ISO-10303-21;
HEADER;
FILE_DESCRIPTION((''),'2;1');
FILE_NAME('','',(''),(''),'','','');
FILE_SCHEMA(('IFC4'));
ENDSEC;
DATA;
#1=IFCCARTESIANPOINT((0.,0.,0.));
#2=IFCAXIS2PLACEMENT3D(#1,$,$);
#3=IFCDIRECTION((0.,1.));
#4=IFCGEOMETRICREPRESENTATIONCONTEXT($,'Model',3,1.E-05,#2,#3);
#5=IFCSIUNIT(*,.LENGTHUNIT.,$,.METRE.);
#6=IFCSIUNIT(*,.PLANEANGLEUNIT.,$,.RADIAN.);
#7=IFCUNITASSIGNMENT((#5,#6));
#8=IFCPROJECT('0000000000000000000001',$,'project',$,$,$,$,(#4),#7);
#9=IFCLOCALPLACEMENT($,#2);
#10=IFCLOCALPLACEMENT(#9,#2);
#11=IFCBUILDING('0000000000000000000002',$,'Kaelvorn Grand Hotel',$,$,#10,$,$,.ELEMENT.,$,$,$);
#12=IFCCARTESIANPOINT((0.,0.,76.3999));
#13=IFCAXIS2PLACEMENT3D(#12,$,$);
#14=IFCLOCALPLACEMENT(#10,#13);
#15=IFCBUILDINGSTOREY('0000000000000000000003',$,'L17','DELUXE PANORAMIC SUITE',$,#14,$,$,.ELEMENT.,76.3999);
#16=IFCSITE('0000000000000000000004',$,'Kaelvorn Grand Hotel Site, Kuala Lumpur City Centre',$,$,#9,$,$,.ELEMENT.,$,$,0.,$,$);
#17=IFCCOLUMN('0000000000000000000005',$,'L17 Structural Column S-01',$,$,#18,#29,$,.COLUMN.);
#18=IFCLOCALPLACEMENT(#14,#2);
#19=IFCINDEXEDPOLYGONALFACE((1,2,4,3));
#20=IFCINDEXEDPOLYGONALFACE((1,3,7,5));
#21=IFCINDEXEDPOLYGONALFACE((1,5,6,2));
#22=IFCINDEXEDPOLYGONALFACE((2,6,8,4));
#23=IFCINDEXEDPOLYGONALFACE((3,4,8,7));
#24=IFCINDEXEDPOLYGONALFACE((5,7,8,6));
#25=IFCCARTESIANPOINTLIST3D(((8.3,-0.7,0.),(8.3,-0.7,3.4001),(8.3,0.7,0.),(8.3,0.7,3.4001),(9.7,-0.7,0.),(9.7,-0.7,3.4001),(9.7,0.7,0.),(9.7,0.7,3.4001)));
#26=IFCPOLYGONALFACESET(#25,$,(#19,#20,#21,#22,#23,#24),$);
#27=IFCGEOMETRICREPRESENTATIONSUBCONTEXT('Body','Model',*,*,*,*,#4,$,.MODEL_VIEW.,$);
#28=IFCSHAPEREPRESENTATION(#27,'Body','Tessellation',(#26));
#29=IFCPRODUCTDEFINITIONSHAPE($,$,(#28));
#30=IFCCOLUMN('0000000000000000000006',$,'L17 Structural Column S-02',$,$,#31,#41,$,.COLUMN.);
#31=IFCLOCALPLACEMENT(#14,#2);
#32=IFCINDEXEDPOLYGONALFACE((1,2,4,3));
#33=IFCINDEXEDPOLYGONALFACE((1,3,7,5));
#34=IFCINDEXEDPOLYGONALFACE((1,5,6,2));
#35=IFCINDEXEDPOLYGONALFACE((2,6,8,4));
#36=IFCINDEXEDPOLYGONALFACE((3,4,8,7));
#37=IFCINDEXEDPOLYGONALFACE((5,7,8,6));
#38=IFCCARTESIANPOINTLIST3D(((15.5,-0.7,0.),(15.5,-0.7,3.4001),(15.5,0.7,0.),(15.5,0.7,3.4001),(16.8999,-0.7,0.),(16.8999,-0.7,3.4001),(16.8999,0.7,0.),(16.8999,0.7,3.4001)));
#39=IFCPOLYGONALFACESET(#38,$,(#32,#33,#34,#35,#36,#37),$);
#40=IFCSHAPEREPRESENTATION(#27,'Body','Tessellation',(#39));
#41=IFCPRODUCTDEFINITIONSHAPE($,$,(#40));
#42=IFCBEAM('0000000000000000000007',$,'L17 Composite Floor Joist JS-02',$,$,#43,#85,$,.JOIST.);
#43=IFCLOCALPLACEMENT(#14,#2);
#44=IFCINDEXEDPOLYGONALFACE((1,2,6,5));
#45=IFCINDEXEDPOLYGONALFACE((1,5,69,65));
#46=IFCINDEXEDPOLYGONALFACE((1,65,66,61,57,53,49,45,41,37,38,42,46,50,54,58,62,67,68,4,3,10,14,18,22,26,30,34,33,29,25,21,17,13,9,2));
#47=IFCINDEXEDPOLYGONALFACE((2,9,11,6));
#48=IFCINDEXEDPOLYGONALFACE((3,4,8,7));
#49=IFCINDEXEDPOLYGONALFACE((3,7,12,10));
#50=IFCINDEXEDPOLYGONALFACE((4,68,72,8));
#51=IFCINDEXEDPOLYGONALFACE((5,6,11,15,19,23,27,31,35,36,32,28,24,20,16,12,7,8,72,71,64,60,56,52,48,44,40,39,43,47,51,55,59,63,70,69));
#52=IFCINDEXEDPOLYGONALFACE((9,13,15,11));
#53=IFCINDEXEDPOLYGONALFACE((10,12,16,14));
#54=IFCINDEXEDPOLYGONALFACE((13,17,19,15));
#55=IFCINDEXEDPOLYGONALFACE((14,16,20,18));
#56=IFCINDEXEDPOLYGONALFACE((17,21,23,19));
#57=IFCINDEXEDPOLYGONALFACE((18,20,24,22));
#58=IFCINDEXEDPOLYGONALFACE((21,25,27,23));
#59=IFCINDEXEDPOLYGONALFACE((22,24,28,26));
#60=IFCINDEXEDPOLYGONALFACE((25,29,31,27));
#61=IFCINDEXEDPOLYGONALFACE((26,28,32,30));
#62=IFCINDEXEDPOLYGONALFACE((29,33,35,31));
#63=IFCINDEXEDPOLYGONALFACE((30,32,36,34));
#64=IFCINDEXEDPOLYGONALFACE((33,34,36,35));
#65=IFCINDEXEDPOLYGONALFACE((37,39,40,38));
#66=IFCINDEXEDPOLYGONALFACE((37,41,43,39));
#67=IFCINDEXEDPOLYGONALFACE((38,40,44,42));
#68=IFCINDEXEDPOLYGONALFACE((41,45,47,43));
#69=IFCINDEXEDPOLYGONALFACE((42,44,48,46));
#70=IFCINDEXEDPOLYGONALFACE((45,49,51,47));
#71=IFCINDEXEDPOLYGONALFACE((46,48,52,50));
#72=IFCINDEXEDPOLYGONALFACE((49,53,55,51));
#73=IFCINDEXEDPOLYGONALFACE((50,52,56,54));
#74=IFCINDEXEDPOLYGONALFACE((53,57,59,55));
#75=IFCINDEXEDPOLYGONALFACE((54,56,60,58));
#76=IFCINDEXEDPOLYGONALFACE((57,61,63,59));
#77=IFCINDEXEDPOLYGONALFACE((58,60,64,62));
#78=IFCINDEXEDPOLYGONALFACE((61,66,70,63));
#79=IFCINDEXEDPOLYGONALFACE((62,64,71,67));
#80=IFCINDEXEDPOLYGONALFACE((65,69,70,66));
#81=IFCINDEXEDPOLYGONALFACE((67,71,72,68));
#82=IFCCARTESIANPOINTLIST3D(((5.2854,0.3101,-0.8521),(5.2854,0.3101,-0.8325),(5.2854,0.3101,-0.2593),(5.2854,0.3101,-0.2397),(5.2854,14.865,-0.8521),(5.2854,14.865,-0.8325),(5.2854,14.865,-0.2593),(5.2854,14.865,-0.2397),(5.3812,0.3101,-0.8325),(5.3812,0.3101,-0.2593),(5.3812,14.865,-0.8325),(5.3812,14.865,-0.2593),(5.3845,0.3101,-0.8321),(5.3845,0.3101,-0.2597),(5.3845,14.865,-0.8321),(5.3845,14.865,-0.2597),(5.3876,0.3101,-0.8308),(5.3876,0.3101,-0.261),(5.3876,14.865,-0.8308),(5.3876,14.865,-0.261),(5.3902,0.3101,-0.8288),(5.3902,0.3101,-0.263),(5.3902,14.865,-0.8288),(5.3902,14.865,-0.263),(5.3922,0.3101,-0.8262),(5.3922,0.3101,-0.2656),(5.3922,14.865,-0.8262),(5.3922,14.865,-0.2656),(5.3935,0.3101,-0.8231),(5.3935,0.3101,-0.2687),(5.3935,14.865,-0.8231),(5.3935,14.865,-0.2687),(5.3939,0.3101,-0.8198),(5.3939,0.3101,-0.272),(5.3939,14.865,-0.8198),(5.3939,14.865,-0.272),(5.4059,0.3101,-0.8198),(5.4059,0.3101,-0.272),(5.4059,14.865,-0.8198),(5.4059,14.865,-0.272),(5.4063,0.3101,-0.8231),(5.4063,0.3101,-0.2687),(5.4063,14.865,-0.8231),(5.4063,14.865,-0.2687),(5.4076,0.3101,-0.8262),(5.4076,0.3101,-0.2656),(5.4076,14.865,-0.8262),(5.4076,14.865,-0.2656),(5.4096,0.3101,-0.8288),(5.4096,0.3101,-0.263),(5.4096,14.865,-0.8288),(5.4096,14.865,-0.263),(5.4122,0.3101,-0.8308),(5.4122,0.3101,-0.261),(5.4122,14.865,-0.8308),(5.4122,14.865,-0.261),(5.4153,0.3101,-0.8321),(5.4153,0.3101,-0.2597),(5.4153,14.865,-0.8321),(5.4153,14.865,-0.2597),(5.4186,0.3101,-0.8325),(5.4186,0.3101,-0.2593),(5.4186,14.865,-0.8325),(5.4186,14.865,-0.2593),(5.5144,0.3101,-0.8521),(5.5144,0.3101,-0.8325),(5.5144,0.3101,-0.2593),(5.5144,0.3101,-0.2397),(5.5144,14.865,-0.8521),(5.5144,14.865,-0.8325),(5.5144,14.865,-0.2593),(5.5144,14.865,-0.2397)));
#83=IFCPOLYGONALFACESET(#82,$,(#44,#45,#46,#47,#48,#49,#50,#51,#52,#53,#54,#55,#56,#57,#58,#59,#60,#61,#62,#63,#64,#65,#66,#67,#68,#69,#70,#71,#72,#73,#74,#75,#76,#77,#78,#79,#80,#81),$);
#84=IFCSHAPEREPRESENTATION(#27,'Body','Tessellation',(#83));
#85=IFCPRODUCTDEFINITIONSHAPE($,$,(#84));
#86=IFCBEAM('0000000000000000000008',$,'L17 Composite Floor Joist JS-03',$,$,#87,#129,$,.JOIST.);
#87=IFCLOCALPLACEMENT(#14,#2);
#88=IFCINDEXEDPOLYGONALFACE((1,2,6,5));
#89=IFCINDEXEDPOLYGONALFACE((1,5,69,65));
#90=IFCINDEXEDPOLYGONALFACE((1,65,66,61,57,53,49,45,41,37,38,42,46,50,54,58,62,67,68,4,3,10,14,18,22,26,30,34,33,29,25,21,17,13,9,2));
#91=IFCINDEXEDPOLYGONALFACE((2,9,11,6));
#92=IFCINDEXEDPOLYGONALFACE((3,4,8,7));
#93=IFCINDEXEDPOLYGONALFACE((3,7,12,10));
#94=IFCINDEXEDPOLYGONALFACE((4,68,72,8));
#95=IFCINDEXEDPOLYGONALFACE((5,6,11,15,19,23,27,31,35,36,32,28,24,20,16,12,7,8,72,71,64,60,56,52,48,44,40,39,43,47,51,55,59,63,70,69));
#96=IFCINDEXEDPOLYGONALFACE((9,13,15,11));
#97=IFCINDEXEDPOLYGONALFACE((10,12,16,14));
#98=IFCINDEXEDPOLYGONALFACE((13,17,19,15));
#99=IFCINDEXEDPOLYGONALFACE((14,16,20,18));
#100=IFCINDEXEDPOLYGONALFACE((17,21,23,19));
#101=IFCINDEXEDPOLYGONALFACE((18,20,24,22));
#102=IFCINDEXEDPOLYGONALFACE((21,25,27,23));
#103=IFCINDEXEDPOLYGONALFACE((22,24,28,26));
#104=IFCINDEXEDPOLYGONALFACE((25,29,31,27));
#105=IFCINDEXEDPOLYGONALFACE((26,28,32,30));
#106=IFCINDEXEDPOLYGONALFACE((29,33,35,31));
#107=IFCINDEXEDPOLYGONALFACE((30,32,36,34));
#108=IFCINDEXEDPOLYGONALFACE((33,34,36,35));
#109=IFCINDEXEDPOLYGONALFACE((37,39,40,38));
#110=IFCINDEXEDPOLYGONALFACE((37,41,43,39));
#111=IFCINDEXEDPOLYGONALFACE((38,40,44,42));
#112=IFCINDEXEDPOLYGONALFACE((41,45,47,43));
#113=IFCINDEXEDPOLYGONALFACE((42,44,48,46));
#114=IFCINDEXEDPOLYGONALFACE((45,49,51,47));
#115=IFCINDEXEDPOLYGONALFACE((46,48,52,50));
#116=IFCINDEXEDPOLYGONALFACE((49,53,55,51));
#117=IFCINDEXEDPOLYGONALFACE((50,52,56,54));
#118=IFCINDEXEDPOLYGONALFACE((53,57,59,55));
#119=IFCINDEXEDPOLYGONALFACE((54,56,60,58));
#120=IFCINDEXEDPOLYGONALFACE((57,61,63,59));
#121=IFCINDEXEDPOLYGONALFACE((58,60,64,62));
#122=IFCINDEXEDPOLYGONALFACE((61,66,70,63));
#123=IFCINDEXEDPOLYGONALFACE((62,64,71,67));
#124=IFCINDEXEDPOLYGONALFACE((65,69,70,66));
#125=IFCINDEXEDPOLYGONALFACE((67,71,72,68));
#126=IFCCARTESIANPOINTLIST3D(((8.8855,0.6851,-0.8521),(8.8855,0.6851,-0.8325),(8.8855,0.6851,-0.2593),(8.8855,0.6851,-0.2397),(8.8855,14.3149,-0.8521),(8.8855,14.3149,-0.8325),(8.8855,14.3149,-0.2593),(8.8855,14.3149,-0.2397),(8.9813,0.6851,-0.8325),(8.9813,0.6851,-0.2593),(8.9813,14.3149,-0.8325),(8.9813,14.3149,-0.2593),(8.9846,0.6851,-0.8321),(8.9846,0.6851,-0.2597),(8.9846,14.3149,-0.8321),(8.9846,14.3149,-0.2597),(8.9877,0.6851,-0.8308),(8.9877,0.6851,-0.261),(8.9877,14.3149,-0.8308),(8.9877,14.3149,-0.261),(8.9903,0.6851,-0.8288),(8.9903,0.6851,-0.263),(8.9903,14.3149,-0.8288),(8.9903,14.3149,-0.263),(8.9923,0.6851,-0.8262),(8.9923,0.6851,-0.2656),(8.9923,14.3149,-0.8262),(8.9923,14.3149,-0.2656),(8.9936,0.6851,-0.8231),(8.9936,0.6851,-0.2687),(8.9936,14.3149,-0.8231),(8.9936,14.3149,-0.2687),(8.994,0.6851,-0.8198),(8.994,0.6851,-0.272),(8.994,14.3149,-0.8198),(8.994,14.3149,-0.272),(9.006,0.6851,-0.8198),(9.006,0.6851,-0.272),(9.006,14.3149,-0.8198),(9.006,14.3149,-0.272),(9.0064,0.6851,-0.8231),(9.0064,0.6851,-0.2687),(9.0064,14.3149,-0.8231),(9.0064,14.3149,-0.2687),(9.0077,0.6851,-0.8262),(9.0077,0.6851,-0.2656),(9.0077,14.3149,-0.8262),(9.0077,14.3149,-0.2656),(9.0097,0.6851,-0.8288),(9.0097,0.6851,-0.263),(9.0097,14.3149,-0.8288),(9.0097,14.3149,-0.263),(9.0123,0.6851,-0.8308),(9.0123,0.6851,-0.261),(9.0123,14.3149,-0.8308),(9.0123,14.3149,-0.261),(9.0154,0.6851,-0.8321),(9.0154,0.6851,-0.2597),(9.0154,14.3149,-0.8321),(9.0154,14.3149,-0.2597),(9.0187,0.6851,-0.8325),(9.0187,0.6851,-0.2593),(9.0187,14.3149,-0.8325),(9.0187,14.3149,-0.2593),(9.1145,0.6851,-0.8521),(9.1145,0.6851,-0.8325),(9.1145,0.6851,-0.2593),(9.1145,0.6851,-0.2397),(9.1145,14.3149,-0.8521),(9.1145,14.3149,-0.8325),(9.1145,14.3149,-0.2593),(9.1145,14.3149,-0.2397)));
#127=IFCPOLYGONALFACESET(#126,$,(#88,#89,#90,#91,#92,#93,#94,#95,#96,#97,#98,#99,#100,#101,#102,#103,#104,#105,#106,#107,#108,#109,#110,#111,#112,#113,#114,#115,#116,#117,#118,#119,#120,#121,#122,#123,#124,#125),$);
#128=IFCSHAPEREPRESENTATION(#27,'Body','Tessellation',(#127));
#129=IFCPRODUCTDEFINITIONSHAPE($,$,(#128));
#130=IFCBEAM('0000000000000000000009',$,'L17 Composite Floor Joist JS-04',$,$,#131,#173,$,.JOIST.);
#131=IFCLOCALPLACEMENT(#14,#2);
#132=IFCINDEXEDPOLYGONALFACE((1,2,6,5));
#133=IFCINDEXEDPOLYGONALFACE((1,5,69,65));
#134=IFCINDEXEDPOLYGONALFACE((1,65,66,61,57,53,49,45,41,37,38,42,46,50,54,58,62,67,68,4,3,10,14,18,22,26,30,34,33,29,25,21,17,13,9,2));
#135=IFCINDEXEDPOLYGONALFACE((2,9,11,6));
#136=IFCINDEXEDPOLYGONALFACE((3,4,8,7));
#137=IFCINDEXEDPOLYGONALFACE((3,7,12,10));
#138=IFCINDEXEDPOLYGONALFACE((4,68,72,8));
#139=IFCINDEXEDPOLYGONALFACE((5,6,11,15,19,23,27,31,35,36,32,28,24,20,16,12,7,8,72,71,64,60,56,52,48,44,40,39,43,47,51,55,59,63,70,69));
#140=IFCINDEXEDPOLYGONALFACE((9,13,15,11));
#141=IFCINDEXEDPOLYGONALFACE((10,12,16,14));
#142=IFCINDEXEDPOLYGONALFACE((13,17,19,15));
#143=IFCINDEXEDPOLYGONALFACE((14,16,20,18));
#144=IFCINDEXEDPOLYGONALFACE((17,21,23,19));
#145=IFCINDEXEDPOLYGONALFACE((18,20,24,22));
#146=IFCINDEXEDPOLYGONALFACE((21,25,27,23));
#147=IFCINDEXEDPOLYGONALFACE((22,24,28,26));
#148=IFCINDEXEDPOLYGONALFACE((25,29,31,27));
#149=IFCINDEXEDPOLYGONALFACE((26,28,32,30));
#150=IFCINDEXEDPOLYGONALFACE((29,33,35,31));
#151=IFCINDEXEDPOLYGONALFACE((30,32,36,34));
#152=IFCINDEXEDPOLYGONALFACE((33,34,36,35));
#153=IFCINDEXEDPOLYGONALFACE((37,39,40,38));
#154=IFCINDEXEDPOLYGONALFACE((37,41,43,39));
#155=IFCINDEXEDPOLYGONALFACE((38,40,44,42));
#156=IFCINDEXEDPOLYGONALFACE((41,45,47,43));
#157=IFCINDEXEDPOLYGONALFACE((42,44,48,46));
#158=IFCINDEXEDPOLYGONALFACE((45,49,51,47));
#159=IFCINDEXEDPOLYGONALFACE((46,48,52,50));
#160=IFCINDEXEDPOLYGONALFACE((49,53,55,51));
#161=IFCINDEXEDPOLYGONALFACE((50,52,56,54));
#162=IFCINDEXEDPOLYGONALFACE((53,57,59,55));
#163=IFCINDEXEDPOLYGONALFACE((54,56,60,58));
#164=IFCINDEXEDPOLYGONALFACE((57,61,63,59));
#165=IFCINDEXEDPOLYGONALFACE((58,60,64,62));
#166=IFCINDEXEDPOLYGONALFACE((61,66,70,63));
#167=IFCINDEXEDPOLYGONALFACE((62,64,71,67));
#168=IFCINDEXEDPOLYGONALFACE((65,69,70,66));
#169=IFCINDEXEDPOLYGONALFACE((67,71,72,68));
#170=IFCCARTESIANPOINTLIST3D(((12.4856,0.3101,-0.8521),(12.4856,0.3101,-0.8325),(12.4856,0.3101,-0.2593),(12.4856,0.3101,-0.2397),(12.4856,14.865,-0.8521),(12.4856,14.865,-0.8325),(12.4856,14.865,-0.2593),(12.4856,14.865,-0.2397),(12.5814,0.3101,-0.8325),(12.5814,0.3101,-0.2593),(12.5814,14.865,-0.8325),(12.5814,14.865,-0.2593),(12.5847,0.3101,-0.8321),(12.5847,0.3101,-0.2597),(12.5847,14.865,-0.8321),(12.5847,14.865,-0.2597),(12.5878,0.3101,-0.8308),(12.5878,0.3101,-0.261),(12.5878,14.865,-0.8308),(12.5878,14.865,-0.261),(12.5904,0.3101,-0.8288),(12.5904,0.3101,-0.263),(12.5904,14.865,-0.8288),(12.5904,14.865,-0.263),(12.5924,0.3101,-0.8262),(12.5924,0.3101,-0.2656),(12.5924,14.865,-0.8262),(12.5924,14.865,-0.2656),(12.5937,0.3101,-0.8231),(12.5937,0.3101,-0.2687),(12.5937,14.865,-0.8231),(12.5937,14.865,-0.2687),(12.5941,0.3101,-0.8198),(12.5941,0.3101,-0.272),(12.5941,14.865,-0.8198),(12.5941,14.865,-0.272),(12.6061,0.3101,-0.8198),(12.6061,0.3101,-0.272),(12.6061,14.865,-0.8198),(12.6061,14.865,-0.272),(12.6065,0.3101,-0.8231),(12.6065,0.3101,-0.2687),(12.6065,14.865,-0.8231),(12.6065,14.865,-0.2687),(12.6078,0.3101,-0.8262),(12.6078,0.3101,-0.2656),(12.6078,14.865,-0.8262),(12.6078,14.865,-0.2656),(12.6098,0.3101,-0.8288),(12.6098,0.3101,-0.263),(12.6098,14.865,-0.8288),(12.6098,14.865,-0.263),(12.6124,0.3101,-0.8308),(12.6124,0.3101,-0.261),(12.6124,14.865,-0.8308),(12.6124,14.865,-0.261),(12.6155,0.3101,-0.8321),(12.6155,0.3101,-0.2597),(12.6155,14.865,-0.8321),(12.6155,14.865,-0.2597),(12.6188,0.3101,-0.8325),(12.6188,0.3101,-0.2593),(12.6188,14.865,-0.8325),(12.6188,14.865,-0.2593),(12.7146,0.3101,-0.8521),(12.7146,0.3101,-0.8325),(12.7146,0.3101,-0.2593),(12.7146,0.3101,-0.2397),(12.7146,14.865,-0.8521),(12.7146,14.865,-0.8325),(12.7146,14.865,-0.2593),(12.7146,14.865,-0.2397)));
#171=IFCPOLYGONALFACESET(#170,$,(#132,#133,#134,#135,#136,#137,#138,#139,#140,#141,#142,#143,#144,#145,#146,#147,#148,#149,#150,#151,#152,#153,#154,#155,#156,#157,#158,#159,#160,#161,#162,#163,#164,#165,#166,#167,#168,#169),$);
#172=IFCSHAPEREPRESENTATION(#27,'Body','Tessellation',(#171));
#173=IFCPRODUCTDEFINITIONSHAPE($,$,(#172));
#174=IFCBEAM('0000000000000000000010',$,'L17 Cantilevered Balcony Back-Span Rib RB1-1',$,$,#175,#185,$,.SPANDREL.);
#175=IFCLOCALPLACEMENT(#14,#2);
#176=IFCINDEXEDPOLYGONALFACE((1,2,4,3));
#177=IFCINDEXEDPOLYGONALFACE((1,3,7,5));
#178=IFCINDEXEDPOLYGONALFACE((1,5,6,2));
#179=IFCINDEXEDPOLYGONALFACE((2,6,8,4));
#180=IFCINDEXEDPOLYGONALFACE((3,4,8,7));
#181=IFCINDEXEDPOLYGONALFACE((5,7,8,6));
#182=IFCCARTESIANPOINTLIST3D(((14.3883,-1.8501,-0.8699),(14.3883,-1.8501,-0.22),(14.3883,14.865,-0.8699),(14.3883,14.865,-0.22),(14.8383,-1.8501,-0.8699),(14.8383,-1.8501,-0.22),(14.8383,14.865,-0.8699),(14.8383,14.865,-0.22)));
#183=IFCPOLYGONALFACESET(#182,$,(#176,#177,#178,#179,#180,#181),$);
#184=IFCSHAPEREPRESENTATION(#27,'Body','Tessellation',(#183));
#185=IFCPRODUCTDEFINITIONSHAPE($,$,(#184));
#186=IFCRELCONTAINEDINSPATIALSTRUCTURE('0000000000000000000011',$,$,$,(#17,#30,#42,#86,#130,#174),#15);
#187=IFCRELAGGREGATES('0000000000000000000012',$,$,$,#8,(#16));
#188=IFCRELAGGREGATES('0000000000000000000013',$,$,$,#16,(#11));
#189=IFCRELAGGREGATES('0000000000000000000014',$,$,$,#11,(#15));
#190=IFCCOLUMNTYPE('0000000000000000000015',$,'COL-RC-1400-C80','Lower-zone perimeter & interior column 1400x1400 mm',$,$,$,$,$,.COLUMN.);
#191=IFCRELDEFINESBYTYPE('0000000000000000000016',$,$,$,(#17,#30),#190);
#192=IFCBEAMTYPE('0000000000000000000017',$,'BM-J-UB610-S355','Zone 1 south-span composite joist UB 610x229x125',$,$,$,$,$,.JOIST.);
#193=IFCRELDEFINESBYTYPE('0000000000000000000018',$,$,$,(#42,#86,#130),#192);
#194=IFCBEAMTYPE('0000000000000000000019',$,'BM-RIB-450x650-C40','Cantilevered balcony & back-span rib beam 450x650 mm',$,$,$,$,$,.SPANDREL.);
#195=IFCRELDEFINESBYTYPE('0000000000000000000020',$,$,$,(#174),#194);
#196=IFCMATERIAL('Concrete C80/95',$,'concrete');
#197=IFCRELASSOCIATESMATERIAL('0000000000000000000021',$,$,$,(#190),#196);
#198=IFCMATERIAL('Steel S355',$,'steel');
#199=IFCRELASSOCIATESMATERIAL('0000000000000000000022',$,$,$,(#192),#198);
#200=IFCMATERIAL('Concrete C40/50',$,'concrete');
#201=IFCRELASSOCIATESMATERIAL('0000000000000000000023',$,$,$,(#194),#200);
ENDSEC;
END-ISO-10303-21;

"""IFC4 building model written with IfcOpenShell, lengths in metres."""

from ifc_helpers import new_model, si_unit, direction, frame, origin, origin_2d, place, context, subcontext, project, spatial, rectangle, i_section, extrude, material, material_profile, profile_set, type_object, element, save


model = new_model("IFC4")

# Units and contexts
model_context = context("Model", 3, precision=1e-05, world=origin(), true_north=direction((0.0, 1.0)))
body_context = subcontext(model_context, "Body", "Model", "MODEL_VIEW")
ifc_project = project(units=[si_unit("LENGTHUNIT", "METRE"), si_unit("PLANEANGLEUNIT", "RADIAN")], contexts=[model_context])

# Site, building, storey
site_placement = place(None, origin())
site = spatial("IfcSite", under=ifc_project, at=site_placement, Name="Kaelvorn Grand Hotel Site, Kuala Lumpur City Centre", CompositionType="ELEMENT", RefElevation=0.0)
building_placement = place(site_placement, origin())
building = spatial("IfcBuilding", under=site, at=building_placement, Name="Kaelvorn Grand Hotel", CompositionType="ELEMENT")
storey_placement = place(building_placement, frame((0.0, 0.0, 76.3999)))
storey = spatial("IfcBuildingStorey", under=building, at=storey_placement, Name="L17", Description="DELUXE PANORAMIC SUITE", CompositionType="ELEMENT", Elevation=76.3999)

# Columns
ifc_material_1 = material(Name="Concrete C80/95", Category="concrete")
ifc_material_profile_1 = material_profile(ifc_material_1, rectangle(XDim=1.3999, YDim=1.3999, at=origin_2d()), Name="RC COL 1400x1400")
ifc_profile_set_1 = profile_set([ifc_material_profile_1], Name="Concrete C80/95")
column_type = type_object("IfcColumnType", Name="COL-RC-1400-C80", Description="Lower-zone perimeter & interior column 1400x1400 mm", PredefinedType="COLUMN", material=ifc_profile_set_1)
for number, where, z_axis, x_axis, name in (
    (1, (9.0, 0.0, 0.0), (0.0, 0.0, 1.0), (1.0, 0.0, 0.0), "L17 Structural Column S-01"),
    (2, (16.2, 0.0, 0.0), (0.0, 0.0, 1.0), (1.0, 0.0, 0.0), "L17 Structural Column S-02"),
):
    element("IfcColumn", number, at=place(storey_placement, frame(where, z_axis=z_axis, x_axis=x_axis)), inside=storey, type_object=column_type, Name=name, PredefinedType="COLUMN", context=body_context, shape_type="SweptSolid", body=[
        extrude(rectangle(XDim=1.3999, YDim=1.3999, at=origin_2d()), origin(), (0.0, 0.0, 1.0), 3.4001),
    ])

# Beams
ifc_material_2 = material(Name="Steel S355", Category="steel")
ifc_material_profile_2 = material_profile(ifc_material_2, i_section(OverallWidth=0.229, OverallDepth=0.6123, WebThickness=0.012, FlangeThickness=0.0195, FilletRadius=0.0127, at=origin_2d()), Name="UB 610x229x125")
ifc_profile_set_2 = profile_set([ifc_material_profile_2], Name="Steel S355")
beam_type_1 = type_object("IfcBeamType", Name="BM-J-UB610-S355", Description="Zone 1 south-span composite joist UB 610x229x125", PredefinedType="JOIST", material=ifc_profile_set_2)
beam_1_placement = place(storey_placement, frame((5.3999, 0.3101, -0.5459), z_axis=(0.0, 1.0, 0.0), x_axis=(-1.0, 0.0, 0.0)))
element("IfcBeam", 3, at=beam_1_placement, inside=storey, type_object=beam_type_1, Name="L17 Composite Floor Joist JS-02", PredefinedType="JOIST", context=body_context, shape_type="SweptSolid", body=[
    extrude(i_section(OverallWidth=0.229, OverallDepth=0.6123, WebThickness=0.012, FlangeThickness=0.0195, FilletRadius=0.0127, at=origin_2d()), origin(), (0.0, 0.0, 1.0), 14.5549),
])
beam_2_placement = place(storey_placement, frame((9.0, 0.6851, -0.5459), z_axis=(0.0, 1.0, 0.0), x_axis=(-1.0, 0.0, 0.0)))
element("IfcBeam", 4, at=beam_2_placement, inside=storey, type_object=beam_type_1, Name="L17 Composite Floor Joist JS-03", PredefinedType="JOIST", context=body_context, shape_type="SweptSolid", body=[
    extrude(i_section(OverallWidth=0.229, OverallDepth=0.6123, WebThickness=0.012, FlangeThickness=0.0195, FilletRadius=0.0127, at=origin_2d()), origin(), (0.0, 0.0, 1.0), 13.6299),
])
beam_3_placement = place(storey_placement, frame((12.6001, 0.3101, -0.5459), z_axis=(0.0, 1.0, 0.0), x_axis=(-1.0, 0.0, 0.0)))
element("IfcBeam", 5, at=beam_3_placement, inside=storey, type_object=beam_type_1, Name="L17 Composite Floor Joist JS-04", PredefinedType="JOIST", context=body_context, shape_type="SweptSolid", body=[
    extrude(i_section(OverallWidth=0.229, OverallDepth=0.6123, WebThickness=0.012, FlangeThickness=0.0195, FilletRadius=0.0127, at=origin_2d()), origin(), (0.0, 0.0, 1.0), 14.5549),
])
ifc_material_3 = material(Name="Concrete C40/50", Category="concrete")
ifc_material_profile_3 = material_profile(ifc_material_3, rectangle(XDim=0.45, YDim=0.6499, at=origin_2d()), Name="RC RIB 450x650")
ifc_profile_set_3 = profile_set([ifc_material_profile_3], Name="Concrete C40/50")
beam_type_2 = type_object("IfcBeamType", Name="BM-RIB-450x650-C40", Description="Cantilevered balcony & back-span rib beam 450x650 mm", PredefinedType="SPANDREL", material=ifc_profile_set_3)
beam_4_placement = place(storey_placement, frame((14.6133, -1.8501, -0.5449), z_axis=(0.0, 1.0, 0.0), x_axis=(-1.0, 0.0, 0.0)))
element("IfcBeam", 6, at=beam_4_placement, inside=storey, type_object=beam_type_2, Name="L17 Cantilevered Balcony Back-Span Rib RB1-1", PredefinedType="SPANDREL", context=body_context, shape_type="SweptSolid", body=[
    extrude(rectangle(XDim=0.45, YDim=0.6499, at=origin_2d()), origin(), (0.0, 0.0, 1.0), 16.7151),
])

save(model, "model.ifc")
